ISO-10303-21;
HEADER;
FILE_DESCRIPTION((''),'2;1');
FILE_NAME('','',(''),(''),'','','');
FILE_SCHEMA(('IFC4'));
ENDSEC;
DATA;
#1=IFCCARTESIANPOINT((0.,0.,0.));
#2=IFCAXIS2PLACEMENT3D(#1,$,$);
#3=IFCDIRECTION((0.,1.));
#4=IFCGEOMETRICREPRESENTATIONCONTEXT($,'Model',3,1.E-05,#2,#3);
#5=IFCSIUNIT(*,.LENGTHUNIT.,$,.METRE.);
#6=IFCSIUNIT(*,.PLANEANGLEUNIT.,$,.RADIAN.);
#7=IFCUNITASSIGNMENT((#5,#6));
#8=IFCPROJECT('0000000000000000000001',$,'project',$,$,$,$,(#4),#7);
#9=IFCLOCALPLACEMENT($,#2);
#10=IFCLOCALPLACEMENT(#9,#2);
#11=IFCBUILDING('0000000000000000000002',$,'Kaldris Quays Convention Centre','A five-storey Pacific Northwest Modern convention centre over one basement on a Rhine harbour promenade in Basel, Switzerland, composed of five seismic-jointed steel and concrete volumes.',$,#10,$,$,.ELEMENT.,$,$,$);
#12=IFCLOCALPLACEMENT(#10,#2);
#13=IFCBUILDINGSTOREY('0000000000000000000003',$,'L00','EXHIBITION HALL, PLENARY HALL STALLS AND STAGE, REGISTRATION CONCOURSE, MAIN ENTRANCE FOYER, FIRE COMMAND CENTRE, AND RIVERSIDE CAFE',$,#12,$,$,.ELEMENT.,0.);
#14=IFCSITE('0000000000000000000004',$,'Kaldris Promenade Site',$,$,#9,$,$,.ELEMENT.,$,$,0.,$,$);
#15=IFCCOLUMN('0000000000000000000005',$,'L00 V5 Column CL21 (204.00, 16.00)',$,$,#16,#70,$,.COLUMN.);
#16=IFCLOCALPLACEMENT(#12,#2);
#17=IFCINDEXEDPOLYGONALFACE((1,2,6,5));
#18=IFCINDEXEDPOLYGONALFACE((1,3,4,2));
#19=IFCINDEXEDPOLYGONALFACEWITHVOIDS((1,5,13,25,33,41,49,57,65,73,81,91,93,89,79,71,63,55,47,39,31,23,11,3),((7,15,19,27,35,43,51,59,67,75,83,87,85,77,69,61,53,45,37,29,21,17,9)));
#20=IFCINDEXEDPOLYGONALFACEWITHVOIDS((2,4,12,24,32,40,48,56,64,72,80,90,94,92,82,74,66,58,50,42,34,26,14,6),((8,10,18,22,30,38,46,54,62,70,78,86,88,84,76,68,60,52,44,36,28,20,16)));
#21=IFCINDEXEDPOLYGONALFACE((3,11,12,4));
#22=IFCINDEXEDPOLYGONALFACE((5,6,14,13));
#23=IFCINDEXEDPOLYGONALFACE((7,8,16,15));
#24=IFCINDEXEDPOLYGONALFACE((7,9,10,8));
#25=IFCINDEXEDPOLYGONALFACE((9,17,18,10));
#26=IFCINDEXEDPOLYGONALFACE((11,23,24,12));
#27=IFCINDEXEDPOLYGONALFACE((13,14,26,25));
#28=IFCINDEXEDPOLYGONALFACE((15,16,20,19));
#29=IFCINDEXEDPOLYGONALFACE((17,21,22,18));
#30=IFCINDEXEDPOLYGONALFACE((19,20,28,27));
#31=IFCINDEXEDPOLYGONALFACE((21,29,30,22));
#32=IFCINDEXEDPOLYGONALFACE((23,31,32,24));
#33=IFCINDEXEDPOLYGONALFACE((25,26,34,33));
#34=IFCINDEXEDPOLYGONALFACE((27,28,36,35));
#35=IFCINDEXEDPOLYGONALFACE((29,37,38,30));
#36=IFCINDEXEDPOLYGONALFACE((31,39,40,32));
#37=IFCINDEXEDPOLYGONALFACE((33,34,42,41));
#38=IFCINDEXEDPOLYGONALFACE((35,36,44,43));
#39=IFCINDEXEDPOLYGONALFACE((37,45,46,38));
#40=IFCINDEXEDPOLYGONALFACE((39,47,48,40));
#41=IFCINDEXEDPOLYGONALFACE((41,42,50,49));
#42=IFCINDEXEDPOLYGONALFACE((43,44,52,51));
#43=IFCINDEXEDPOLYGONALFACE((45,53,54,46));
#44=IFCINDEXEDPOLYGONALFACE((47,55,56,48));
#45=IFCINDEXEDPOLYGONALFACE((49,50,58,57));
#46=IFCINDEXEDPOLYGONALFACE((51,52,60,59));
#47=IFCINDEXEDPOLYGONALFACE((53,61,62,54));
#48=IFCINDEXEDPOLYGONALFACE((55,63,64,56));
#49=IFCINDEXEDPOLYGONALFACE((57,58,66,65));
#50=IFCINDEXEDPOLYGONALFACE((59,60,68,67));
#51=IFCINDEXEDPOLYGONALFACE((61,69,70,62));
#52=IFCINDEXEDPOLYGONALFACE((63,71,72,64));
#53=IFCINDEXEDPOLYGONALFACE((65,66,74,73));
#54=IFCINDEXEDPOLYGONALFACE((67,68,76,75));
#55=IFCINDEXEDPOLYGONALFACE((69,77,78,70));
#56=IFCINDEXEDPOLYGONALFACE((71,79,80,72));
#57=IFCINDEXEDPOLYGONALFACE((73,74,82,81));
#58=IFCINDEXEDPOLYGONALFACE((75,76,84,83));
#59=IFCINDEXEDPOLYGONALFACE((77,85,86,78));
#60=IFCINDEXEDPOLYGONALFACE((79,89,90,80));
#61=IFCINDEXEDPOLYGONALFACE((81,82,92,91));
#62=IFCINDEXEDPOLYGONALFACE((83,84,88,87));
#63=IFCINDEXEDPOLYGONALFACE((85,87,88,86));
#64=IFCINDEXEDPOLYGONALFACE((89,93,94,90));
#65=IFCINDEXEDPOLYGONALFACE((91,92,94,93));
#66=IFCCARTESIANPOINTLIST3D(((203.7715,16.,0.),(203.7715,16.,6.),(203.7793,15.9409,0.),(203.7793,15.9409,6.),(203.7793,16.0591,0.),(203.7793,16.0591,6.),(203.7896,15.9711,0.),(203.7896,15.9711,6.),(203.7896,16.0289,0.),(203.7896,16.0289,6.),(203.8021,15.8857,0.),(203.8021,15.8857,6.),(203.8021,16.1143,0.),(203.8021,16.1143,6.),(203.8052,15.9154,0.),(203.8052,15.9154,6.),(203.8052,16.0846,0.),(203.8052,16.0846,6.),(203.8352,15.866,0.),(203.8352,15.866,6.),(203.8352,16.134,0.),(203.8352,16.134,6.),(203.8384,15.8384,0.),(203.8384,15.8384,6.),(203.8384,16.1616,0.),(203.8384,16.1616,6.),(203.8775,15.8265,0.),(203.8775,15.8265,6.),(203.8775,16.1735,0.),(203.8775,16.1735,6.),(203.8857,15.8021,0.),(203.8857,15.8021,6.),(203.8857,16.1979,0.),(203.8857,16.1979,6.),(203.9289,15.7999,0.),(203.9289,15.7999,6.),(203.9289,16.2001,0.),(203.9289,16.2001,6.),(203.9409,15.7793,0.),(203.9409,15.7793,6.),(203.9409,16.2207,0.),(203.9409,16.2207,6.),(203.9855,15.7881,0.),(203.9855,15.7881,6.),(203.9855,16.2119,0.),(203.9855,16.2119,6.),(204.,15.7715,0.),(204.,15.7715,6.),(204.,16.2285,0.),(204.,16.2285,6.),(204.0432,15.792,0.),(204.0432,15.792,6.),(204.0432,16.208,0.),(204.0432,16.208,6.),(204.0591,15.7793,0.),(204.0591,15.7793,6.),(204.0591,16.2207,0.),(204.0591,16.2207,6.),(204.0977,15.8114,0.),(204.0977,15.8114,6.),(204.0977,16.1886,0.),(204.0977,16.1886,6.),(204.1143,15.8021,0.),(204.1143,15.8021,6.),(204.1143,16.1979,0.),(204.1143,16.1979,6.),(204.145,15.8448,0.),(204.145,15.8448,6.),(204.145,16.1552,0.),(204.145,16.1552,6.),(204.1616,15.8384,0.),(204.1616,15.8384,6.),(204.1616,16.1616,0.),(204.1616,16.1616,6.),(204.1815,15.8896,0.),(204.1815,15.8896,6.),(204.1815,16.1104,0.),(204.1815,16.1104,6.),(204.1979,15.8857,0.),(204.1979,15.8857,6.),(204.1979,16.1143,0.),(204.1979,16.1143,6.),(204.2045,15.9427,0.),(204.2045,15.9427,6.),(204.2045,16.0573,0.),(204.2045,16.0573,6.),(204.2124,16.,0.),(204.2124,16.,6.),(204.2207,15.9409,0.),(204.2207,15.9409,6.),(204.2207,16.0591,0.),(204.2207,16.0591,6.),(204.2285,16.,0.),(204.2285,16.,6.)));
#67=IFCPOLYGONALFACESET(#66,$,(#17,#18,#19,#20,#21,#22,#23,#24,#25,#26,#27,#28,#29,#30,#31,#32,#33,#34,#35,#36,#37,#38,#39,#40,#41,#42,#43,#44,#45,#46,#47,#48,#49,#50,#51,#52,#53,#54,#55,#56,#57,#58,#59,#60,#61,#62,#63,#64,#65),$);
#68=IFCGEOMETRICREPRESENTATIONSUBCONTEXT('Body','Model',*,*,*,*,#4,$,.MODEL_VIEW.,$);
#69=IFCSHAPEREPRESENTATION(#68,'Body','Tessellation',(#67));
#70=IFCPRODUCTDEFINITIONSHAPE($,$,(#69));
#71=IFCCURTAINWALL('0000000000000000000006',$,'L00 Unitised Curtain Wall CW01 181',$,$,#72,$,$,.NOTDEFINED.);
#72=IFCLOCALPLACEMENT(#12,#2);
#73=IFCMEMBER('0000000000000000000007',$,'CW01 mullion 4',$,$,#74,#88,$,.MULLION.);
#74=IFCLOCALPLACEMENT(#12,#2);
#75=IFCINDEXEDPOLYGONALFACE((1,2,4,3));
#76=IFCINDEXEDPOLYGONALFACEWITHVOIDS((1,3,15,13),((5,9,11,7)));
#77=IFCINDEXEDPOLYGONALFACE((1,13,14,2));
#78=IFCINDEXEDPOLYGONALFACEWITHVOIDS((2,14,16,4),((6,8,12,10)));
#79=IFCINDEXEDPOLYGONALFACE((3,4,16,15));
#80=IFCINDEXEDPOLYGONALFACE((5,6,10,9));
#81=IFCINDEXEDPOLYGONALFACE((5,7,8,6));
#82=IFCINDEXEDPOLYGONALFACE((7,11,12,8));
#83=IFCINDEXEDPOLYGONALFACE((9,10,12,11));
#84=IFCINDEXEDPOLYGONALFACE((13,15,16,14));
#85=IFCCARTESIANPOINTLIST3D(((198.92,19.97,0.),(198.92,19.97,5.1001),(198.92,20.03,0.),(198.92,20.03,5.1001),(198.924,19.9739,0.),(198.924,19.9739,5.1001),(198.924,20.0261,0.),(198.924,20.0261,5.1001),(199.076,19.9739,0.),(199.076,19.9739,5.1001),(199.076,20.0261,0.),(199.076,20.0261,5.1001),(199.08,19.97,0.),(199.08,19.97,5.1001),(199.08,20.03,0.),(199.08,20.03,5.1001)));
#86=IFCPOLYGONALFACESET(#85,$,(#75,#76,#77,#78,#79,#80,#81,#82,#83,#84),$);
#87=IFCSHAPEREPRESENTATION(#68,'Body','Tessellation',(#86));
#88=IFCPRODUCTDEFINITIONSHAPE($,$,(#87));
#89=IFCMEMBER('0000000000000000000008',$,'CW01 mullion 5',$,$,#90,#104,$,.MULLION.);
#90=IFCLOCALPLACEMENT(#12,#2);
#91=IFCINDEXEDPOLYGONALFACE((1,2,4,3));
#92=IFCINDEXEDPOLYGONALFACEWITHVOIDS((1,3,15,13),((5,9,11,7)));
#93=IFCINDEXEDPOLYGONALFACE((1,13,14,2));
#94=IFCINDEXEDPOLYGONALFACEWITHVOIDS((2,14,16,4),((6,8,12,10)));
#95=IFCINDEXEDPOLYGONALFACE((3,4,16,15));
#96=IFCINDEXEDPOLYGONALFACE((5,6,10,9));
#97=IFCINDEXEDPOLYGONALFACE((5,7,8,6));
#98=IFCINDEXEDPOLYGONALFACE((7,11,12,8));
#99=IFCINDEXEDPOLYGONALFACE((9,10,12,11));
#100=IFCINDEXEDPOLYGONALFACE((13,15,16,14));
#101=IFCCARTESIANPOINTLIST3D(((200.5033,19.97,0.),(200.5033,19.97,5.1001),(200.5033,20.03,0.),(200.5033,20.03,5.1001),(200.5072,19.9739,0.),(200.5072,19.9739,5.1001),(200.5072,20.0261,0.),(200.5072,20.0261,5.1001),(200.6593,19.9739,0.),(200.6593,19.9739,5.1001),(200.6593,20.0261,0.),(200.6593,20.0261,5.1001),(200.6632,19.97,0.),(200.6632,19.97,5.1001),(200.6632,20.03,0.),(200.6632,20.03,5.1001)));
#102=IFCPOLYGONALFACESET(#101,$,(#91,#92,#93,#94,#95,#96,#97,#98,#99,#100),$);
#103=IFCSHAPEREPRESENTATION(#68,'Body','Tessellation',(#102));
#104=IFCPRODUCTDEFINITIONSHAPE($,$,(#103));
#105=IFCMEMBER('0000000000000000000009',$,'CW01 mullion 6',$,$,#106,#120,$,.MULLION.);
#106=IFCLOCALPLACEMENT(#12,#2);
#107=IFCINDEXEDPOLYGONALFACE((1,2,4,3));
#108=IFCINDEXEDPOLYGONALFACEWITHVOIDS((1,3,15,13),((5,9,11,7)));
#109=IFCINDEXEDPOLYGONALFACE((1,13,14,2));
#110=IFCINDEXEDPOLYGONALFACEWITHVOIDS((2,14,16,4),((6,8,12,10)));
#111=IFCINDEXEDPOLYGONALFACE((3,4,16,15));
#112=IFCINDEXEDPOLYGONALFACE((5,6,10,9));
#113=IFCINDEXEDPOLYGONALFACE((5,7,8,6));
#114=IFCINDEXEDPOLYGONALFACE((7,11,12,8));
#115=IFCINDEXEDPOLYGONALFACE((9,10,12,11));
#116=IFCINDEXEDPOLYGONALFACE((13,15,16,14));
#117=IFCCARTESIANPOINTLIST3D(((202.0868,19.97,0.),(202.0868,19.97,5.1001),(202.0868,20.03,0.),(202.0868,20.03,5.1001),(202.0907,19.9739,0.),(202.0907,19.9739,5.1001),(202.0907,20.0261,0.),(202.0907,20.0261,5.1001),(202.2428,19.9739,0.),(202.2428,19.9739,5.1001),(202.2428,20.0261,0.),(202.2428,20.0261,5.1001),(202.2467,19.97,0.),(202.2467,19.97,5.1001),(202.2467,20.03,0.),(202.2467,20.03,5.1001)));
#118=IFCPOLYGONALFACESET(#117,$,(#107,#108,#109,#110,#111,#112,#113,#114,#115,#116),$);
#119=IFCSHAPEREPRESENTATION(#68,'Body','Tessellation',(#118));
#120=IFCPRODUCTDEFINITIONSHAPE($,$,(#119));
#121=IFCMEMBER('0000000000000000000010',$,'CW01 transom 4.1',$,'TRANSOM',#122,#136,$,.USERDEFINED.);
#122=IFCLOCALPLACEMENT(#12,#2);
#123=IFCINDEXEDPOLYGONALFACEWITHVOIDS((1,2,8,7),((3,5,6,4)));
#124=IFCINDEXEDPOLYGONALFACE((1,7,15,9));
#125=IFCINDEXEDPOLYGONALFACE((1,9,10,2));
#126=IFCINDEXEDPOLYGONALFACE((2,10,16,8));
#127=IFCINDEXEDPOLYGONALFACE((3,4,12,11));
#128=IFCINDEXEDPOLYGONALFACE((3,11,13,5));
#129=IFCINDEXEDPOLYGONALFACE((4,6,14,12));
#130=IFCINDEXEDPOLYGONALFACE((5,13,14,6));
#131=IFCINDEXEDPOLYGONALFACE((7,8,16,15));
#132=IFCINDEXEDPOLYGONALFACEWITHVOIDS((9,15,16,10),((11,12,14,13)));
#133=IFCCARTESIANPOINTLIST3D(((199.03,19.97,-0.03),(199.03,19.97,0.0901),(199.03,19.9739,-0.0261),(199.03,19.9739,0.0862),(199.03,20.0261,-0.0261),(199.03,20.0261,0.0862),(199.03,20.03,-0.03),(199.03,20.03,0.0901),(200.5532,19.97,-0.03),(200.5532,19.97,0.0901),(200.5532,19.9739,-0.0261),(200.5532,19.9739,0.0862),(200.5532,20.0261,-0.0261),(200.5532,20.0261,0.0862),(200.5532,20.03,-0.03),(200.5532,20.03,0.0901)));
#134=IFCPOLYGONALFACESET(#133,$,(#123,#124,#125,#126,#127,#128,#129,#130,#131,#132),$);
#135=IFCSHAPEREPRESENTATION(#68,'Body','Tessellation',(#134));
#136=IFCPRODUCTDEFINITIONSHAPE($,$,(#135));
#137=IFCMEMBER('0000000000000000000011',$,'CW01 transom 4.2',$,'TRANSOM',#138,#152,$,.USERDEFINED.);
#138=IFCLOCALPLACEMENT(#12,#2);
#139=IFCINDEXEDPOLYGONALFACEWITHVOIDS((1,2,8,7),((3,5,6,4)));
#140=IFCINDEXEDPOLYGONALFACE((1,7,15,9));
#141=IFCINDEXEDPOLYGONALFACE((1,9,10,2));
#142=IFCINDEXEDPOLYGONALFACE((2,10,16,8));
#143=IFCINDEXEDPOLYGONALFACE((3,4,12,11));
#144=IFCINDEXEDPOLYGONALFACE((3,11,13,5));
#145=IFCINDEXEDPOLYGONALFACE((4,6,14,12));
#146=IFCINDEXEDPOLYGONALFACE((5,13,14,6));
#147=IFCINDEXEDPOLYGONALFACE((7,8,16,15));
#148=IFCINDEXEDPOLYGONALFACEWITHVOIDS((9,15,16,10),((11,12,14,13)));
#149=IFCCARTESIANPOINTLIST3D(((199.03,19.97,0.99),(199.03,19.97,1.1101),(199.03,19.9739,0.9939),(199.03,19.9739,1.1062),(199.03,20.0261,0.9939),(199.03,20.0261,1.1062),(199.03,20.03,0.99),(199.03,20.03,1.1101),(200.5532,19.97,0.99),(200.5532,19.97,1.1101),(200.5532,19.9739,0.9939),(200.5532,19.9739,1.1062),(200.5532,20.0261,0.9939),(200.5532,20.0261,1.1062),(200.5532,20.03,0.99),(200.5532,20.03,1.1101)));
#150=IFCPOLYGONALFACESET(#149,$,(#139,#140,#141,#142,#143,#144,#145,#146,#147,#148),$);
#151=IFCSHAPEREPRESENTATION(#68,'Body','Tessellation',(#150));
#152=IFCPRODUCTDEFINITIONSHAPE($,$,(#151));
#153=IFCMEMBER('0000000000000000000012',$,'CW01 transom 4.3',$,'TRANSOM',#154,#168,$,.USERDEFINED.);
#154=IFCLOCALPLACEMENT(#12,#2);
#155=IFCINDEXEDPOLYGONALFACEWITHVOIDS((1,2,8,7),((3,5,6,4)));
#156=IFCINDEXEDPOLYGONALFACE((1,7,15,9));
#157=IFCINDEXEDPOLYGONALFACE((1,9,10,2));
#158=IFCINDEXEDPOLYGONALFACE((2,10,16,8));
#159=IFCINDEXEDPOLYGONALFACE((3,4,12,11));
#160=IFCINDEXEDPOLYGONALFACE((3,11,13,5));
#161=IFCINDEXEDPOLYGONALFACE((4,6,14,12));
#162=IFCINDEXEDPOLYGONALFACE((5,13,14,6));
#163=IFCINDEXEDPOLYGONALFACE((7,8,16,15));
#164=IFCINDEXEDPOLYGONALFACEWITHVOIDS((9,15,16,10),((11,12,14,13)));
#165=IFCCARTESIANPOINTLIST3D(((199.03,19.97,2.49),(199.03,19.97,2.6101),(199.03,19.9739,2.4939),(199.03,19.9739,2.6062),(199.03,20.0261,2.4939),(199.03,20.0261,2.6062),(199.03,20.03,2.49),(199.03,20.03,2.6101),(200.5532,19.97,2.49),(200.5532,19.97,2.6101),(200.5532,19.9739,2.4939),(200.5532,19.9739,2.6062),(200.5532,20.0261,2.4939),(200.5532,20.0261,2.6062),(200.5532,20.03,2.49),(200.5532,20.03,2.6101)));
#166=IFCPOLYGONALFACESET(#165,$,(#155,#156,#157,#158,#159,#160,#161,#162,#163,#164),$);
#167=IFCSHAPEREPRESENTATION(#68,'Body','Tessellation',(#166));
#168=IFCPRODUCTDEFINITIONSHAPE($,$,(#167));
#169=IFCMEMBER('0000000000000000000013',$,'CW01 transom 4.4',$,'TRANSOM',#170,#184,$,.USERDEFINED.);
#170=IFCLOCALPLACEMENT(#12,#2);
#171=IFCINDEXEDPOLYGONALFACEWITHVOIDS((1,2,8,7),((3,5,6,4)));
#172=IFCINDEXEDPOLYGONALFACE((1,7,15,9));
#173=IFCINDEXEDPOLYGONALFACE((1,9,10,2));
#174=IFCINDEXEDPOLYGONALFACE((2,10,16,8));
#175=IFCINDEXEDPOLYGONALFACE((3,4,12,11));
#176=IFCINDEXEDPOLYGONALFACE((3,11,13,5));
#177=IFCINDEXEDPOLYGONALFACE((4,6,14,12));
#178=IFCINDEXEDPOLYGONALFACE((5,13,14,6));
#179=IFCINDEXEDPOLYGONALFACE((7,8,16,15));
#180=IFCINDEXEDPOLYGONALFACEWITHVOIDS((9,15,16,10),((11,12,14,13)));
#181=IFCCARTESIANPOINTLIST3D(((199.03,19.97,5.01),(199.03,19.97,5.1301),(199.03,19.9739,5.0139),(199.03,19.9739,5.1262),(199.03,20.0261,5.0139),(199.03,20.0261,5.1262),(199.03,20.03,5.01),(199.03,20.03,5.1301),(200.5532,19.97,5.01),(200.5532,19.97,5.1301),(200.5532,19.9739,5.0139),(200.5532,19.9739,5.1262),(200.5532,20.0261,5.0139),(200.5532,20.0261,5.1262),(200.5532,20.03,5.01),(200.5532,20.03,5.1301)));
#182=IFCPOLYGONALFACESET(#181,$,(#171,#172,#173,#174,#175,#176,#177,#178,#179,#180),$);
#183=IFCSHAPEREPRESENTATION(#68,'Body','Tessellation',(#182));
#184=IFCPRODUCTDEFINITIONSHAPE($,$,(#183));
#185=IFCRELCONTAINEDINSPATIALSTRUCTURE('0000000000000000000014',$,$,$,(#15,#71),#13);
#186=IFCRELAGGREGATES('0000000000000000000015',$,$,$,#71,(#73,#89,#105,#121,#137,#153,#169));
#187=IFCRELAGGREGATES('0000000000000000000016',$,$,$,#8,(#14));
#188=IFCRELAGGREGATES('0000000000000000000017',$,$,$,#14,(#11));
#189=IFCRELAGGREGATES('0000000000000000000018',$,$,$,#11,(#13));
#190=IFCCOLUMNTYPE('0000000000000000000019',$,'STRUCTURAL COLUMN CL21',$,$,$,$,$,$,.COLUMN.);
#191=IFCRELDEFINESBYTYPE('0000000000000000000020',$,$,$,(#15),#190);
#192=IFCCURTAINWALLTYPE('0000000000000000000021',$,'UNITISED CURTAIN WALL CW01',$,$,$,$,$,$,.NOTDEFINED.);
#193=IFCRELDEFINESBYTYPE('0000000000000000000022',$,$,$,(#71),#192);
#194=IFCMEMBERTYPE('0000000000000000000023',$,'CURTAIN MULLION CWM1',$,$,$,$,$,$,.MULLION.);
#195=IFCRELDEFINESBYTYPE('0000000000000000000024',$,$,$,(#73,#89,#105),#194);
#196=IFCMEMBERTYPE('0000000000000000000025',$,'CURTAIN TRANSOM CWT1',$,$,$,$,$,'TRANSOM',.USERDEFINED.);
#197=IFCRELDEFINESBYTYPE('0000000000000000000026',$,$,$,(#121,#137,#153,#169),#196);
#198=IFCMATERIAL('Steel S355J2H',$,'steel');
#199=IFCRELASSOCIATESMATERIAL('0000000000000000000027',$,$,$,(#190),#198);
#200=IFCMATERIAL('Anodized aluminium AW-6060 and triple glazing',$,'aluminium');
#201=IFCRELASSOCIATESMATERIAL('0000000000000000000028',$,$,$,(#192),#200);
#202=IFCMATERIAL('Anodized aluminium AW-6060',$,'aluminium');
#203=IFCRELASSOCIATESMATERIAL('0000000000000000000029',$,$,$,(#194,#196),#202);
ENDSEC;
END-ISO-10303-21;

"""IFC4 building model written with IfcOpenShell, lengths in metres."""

from ifc_helpers import new_model, si_unit, direction, frame, origin, origin_2d, place, context, subcontext, project, spatial, hollow_rectangle, hollow_circle, extrude, material, material_profile, profile_set, type_object, element, aggregate, save


model = new_model("IFC4")

# Units and contexts
model_context = context("Model", 3, precision=1e-05, world=origin(), true_north=direction((0.0, 1.0)))
body_context = subcontext(model_context, "Body", "Model", "MODEL_VIEW")
ifc_project = project(units=[si_unit("LENGTHUNIT", "METRE"), si_unit("PLANEANGLEUNIT", "RADIAN")], contexts=[model_context])

# Site, building, storey
site_placement = place(None, origin())
site = spatial("IfcSite", under=ifc_project, at=site_placement, Name="Kaldris Promenade Site", CompositionType="ELEMENT", RefElevation=0.0)
building_placement = place(site_placement, origin())
building = spatial("IfcBuilding", under=site, at=building_placement, Name="Kaldris Quays Convention Centre", Description="A five-storey Pacific Northwest Modern convention centre over one basement on a Rhine harbour promenade in Basel, Switzerland, composed of five seismic-jointed steel and concrete volumes.", CompositionType="ELEMENT")
storey_placement = place(building_placement, origin())
storey = spatial("IfcBuildingStorey", under=building, at=storey_placement, Name="L00", Description="EXHIBITION HALL, PLENARY HALL STALLS AND STAGE, REGISTRATION CONCOURSE, MAIN ENTRANCE FOYER, FIRE COMMAND CENTRE, AND RIVERSIDE CAFE", CompositionType="ELEMENT", Elevation=0.0)

# Column
ifc_material_1 = material(Name="Steel S355J2H", Category="steel")
ifc_material_profile_1 = material_profile(ifc_material_1, hollow_circle(Radius=0.2285, WallThickness=0.0161, at=origin_2d()), Name="CHS 457x16")
ifc_profile_set_1 = profile_set([ifc_material_profile_1], Name="Steel S355J2H")
column_type = type_object("IfcColumnType", Name="STRUCTURAL COLUMN CL21", PredefinedType="COLUMN", material=ifc_profile_set_1)
column_placement = place(storey_placement, frame((204.0, 16.0, 0.0), z_axis=(0.0, 0.0, 1.0), x_axis=(1.0, 0.0, 0.0)))
element("IfcColumn", 1, at=column_placement, inside=storey, type_object=column_type, Name="L00 V5 Column CL21 (204.00, 16.00)", PredefinedType="COLUMN", context=body_context, shape_type="SweptSolid", body=[
    extrude(hollow_circle(Radius=0.2285, WallThickness=0.0161, at=origin_2d()), origin(), (0.0, 0.0, 1.0), 6.0),
])

# Curtain wall, members
ifc_material_2 = material(Name="Anodized aluminium AW-6060 and triple glazing", Category="aluminium")
curtain_wall_type = type_object("IfcCurtainWallType", Name="UNITISED CURTAIN WALL CW01", PredefinedType="NOTDEFINED", material=ifc_material_2)
curtain_wall_placement = place(storey_placement, origin())
curtain_wall = element("IfcCurtainWall", 2, at=curtain_wall_placement, inside=storey, type_object=curtain_wall_type, Name="L00 Unitised Curtain Wall CW01 181", PredefinedType="NOTDEFINED")
ifc_material_3 = material(Name="Anodized aluminium AW-6060", Category="aluminium")
ifc_material_profile_2 = material_profile(ifc_material_3, hollow_rectangle(XDim=0.0601, YDim=0.1599, WallThickness=0.0039, at=origin_2d()), Name="RHS 160x60x4")
ifc_profile_set_2 = profile_set([ifc_material_profile_2], Name="Anodized aluminium AW-6060")
member_type_1 = type_object("IfcMemberType", Name="CURTAIN MULLION CWM1", PredefinedType="MULLION", material=ifc_profile_set_2)
member_1_placement = place(storey_placement, frame((199.0, 20.0, 0.0), z_axis=(0.0, 0.0, 1.0), x_axis=(0.0, 1.0, 0.0)))
member_1 = element("IfcMember", 3, at=member_1_placement, type_object=member_type_1, Name="CW01 mullion 4", PredefinedType="MULLION", context=body_context, shape_type="SweptSolid", body=[
    extrude(hollow_rectangle(XDim=0.0601, YDim=0.1599, WallThickness=0.0039, at=origin_2d()), origin(), (0.0, 0.0, 1.0), 5.1001),
])
member_2_placement = place(storey_placement, frame((200.5833, 20.0, 0.0), z_axis=(0.0, 0.0, 1.0), x_axis=(0.0, 1.0, 0.0)))
member_2 = element("IfcMember", 4, at=member_2_placement, type_object=member_type_1, Name="CW01 mullion 5", PredefinedType="MULLION", context=body_context, shape_type="SweptSolid", body=[
    extrude(hollow_rectangle(XDim=0.0601, YDim=0.1599, WallThickness=0.0039, at=origin_2d()), origin(), (0.0, 0.0, 1.0), 5.1001),
])
member_3_placement = place(storey_placement, frame((202.1667, 20.0, 0.0), z_axis=(0.0, 0.0, 1.0), x_axis=(0.0, 1.0, 0.0)))
member_3 = element("IfcMember", 5, at=member_3_placement, type_object=member_type_1, Name="CW01 mullion 6", PredefinedType="MULLION", context=body_context, shape_type="SweptSolid", body=[
    extrude(hollow_rectangle(XDim=0.0601, YDim=0.1599, WallThickness=0.0039, at=origin_2d()), origin(), (0.0, 0.0, 1.0), 5.1001),
])
ifc_material_profile_3 = material_profile(ifc_material_3, hollow_rectangle(XDim=0.0601, YDim=0.1201, WallThickness=0.0039, at=origin_2d()), Name="RHS 120x60x4")
ifc_profile_set_3 = profile_set([ifc_material_profile_3], Name="Anodized aluminium AW-6060")
member_type_2 = type_object("IfcMemberType", Name="CURTAIN TRANSOM CWT1", ElementType="TRANSOM", PredefinedType="USERDEFINED", material=ifc_profile_set_3)
member_4_placement = place(storey_placement, frame((199.03, 20.0, 0.03), z_axis=(1.0, 0.0, 0.0), x_axis=(0.0, 1.0, 0.0)))
member_4 = element("IfcMember", 6, at=member_4_placement, type_object=member_type_2, Name="CW01 transom 4.1", ObjectType="TRANSOM", PredefinedType="USERDEFINED", context=body_context, shape_type="SweptSolid", body=[
    extrude(hollow_rectangle(XDim=0.0601, YDim=0.1201, WallThickness=0.0039, at=origin_2d()), origin(), (0.0, 0.0, 1.0), 1.5232),
])
member_5_placement = place(storey_placement, frame((199.03, 20.0, 1.05), z_axis=(1.0, 0.0, 0.0), x_axis=(0.0, 1.0, 0.0)))
member_5 = element("IfcMember", 7, at=member_5_placement, type_object=member_type_2, Name="CW01 transom 4.2", ObjectType="TRANSOM", PredefinedType="USERDEFINED", context=body_context, shape_type="SweptSolid", body=[
    extrude(hollow_rectangle(XDim=0.0601, YDim=0.1201, WallThickness=0.0039, at=origin_2d()), origin(), (0.0, 0.0, 1.0), 1.5232),
])
member_6_placement = place(storey_placement, frame((199.03, 20.0, 2.55), z_axis=(1.0, 0.0, 0.0), x_axis=(0.0, 1.0, 0.0)))
member_6 = element("IfcMember", 8, at=member_6_placement, type_object=member_type_2, Name="CW01 transom 4.3", ObjectType="TRANSOM", PredefinedType="USERDEFINED", context=body_context, shape_type="SweptSolid", body=[
    extrude(hollow_rectangle(XDim=0.0601, YDim=0.1201, WallThickness=0.0039, at=origin_2d()), origin(), (0.0, 0.0, 1.0), 1.5232),
])
member_7_placement = place(storey_placement, frame((199.03, 20.0, 5.0701), z_axis=(1.0, 0.0, 0.0), x_axis=(0.0, 1.0, 0.0)))
member_7 = element("IfcMember", 9, at=member_7_placement, type_object=member_type_2, Name="CW01 transom 4.4", ObjectType="TRANSOM", PredefinedType="USERDEFINED", context=body_context, shape_type="SweptSolid", body=[
    extrude(hollow_rectangle(XDim=0.0601, YDim=0.1201, WallThickness=0.0039, at=origin_2d()), origin(), (0.0, 0.0, 1.0), 1.5232),
])

aggregate(curtain_wall, [member_1, member_2, member_3, member_4, member_5, member_6, member_7])

save(model, "model.ifc")
